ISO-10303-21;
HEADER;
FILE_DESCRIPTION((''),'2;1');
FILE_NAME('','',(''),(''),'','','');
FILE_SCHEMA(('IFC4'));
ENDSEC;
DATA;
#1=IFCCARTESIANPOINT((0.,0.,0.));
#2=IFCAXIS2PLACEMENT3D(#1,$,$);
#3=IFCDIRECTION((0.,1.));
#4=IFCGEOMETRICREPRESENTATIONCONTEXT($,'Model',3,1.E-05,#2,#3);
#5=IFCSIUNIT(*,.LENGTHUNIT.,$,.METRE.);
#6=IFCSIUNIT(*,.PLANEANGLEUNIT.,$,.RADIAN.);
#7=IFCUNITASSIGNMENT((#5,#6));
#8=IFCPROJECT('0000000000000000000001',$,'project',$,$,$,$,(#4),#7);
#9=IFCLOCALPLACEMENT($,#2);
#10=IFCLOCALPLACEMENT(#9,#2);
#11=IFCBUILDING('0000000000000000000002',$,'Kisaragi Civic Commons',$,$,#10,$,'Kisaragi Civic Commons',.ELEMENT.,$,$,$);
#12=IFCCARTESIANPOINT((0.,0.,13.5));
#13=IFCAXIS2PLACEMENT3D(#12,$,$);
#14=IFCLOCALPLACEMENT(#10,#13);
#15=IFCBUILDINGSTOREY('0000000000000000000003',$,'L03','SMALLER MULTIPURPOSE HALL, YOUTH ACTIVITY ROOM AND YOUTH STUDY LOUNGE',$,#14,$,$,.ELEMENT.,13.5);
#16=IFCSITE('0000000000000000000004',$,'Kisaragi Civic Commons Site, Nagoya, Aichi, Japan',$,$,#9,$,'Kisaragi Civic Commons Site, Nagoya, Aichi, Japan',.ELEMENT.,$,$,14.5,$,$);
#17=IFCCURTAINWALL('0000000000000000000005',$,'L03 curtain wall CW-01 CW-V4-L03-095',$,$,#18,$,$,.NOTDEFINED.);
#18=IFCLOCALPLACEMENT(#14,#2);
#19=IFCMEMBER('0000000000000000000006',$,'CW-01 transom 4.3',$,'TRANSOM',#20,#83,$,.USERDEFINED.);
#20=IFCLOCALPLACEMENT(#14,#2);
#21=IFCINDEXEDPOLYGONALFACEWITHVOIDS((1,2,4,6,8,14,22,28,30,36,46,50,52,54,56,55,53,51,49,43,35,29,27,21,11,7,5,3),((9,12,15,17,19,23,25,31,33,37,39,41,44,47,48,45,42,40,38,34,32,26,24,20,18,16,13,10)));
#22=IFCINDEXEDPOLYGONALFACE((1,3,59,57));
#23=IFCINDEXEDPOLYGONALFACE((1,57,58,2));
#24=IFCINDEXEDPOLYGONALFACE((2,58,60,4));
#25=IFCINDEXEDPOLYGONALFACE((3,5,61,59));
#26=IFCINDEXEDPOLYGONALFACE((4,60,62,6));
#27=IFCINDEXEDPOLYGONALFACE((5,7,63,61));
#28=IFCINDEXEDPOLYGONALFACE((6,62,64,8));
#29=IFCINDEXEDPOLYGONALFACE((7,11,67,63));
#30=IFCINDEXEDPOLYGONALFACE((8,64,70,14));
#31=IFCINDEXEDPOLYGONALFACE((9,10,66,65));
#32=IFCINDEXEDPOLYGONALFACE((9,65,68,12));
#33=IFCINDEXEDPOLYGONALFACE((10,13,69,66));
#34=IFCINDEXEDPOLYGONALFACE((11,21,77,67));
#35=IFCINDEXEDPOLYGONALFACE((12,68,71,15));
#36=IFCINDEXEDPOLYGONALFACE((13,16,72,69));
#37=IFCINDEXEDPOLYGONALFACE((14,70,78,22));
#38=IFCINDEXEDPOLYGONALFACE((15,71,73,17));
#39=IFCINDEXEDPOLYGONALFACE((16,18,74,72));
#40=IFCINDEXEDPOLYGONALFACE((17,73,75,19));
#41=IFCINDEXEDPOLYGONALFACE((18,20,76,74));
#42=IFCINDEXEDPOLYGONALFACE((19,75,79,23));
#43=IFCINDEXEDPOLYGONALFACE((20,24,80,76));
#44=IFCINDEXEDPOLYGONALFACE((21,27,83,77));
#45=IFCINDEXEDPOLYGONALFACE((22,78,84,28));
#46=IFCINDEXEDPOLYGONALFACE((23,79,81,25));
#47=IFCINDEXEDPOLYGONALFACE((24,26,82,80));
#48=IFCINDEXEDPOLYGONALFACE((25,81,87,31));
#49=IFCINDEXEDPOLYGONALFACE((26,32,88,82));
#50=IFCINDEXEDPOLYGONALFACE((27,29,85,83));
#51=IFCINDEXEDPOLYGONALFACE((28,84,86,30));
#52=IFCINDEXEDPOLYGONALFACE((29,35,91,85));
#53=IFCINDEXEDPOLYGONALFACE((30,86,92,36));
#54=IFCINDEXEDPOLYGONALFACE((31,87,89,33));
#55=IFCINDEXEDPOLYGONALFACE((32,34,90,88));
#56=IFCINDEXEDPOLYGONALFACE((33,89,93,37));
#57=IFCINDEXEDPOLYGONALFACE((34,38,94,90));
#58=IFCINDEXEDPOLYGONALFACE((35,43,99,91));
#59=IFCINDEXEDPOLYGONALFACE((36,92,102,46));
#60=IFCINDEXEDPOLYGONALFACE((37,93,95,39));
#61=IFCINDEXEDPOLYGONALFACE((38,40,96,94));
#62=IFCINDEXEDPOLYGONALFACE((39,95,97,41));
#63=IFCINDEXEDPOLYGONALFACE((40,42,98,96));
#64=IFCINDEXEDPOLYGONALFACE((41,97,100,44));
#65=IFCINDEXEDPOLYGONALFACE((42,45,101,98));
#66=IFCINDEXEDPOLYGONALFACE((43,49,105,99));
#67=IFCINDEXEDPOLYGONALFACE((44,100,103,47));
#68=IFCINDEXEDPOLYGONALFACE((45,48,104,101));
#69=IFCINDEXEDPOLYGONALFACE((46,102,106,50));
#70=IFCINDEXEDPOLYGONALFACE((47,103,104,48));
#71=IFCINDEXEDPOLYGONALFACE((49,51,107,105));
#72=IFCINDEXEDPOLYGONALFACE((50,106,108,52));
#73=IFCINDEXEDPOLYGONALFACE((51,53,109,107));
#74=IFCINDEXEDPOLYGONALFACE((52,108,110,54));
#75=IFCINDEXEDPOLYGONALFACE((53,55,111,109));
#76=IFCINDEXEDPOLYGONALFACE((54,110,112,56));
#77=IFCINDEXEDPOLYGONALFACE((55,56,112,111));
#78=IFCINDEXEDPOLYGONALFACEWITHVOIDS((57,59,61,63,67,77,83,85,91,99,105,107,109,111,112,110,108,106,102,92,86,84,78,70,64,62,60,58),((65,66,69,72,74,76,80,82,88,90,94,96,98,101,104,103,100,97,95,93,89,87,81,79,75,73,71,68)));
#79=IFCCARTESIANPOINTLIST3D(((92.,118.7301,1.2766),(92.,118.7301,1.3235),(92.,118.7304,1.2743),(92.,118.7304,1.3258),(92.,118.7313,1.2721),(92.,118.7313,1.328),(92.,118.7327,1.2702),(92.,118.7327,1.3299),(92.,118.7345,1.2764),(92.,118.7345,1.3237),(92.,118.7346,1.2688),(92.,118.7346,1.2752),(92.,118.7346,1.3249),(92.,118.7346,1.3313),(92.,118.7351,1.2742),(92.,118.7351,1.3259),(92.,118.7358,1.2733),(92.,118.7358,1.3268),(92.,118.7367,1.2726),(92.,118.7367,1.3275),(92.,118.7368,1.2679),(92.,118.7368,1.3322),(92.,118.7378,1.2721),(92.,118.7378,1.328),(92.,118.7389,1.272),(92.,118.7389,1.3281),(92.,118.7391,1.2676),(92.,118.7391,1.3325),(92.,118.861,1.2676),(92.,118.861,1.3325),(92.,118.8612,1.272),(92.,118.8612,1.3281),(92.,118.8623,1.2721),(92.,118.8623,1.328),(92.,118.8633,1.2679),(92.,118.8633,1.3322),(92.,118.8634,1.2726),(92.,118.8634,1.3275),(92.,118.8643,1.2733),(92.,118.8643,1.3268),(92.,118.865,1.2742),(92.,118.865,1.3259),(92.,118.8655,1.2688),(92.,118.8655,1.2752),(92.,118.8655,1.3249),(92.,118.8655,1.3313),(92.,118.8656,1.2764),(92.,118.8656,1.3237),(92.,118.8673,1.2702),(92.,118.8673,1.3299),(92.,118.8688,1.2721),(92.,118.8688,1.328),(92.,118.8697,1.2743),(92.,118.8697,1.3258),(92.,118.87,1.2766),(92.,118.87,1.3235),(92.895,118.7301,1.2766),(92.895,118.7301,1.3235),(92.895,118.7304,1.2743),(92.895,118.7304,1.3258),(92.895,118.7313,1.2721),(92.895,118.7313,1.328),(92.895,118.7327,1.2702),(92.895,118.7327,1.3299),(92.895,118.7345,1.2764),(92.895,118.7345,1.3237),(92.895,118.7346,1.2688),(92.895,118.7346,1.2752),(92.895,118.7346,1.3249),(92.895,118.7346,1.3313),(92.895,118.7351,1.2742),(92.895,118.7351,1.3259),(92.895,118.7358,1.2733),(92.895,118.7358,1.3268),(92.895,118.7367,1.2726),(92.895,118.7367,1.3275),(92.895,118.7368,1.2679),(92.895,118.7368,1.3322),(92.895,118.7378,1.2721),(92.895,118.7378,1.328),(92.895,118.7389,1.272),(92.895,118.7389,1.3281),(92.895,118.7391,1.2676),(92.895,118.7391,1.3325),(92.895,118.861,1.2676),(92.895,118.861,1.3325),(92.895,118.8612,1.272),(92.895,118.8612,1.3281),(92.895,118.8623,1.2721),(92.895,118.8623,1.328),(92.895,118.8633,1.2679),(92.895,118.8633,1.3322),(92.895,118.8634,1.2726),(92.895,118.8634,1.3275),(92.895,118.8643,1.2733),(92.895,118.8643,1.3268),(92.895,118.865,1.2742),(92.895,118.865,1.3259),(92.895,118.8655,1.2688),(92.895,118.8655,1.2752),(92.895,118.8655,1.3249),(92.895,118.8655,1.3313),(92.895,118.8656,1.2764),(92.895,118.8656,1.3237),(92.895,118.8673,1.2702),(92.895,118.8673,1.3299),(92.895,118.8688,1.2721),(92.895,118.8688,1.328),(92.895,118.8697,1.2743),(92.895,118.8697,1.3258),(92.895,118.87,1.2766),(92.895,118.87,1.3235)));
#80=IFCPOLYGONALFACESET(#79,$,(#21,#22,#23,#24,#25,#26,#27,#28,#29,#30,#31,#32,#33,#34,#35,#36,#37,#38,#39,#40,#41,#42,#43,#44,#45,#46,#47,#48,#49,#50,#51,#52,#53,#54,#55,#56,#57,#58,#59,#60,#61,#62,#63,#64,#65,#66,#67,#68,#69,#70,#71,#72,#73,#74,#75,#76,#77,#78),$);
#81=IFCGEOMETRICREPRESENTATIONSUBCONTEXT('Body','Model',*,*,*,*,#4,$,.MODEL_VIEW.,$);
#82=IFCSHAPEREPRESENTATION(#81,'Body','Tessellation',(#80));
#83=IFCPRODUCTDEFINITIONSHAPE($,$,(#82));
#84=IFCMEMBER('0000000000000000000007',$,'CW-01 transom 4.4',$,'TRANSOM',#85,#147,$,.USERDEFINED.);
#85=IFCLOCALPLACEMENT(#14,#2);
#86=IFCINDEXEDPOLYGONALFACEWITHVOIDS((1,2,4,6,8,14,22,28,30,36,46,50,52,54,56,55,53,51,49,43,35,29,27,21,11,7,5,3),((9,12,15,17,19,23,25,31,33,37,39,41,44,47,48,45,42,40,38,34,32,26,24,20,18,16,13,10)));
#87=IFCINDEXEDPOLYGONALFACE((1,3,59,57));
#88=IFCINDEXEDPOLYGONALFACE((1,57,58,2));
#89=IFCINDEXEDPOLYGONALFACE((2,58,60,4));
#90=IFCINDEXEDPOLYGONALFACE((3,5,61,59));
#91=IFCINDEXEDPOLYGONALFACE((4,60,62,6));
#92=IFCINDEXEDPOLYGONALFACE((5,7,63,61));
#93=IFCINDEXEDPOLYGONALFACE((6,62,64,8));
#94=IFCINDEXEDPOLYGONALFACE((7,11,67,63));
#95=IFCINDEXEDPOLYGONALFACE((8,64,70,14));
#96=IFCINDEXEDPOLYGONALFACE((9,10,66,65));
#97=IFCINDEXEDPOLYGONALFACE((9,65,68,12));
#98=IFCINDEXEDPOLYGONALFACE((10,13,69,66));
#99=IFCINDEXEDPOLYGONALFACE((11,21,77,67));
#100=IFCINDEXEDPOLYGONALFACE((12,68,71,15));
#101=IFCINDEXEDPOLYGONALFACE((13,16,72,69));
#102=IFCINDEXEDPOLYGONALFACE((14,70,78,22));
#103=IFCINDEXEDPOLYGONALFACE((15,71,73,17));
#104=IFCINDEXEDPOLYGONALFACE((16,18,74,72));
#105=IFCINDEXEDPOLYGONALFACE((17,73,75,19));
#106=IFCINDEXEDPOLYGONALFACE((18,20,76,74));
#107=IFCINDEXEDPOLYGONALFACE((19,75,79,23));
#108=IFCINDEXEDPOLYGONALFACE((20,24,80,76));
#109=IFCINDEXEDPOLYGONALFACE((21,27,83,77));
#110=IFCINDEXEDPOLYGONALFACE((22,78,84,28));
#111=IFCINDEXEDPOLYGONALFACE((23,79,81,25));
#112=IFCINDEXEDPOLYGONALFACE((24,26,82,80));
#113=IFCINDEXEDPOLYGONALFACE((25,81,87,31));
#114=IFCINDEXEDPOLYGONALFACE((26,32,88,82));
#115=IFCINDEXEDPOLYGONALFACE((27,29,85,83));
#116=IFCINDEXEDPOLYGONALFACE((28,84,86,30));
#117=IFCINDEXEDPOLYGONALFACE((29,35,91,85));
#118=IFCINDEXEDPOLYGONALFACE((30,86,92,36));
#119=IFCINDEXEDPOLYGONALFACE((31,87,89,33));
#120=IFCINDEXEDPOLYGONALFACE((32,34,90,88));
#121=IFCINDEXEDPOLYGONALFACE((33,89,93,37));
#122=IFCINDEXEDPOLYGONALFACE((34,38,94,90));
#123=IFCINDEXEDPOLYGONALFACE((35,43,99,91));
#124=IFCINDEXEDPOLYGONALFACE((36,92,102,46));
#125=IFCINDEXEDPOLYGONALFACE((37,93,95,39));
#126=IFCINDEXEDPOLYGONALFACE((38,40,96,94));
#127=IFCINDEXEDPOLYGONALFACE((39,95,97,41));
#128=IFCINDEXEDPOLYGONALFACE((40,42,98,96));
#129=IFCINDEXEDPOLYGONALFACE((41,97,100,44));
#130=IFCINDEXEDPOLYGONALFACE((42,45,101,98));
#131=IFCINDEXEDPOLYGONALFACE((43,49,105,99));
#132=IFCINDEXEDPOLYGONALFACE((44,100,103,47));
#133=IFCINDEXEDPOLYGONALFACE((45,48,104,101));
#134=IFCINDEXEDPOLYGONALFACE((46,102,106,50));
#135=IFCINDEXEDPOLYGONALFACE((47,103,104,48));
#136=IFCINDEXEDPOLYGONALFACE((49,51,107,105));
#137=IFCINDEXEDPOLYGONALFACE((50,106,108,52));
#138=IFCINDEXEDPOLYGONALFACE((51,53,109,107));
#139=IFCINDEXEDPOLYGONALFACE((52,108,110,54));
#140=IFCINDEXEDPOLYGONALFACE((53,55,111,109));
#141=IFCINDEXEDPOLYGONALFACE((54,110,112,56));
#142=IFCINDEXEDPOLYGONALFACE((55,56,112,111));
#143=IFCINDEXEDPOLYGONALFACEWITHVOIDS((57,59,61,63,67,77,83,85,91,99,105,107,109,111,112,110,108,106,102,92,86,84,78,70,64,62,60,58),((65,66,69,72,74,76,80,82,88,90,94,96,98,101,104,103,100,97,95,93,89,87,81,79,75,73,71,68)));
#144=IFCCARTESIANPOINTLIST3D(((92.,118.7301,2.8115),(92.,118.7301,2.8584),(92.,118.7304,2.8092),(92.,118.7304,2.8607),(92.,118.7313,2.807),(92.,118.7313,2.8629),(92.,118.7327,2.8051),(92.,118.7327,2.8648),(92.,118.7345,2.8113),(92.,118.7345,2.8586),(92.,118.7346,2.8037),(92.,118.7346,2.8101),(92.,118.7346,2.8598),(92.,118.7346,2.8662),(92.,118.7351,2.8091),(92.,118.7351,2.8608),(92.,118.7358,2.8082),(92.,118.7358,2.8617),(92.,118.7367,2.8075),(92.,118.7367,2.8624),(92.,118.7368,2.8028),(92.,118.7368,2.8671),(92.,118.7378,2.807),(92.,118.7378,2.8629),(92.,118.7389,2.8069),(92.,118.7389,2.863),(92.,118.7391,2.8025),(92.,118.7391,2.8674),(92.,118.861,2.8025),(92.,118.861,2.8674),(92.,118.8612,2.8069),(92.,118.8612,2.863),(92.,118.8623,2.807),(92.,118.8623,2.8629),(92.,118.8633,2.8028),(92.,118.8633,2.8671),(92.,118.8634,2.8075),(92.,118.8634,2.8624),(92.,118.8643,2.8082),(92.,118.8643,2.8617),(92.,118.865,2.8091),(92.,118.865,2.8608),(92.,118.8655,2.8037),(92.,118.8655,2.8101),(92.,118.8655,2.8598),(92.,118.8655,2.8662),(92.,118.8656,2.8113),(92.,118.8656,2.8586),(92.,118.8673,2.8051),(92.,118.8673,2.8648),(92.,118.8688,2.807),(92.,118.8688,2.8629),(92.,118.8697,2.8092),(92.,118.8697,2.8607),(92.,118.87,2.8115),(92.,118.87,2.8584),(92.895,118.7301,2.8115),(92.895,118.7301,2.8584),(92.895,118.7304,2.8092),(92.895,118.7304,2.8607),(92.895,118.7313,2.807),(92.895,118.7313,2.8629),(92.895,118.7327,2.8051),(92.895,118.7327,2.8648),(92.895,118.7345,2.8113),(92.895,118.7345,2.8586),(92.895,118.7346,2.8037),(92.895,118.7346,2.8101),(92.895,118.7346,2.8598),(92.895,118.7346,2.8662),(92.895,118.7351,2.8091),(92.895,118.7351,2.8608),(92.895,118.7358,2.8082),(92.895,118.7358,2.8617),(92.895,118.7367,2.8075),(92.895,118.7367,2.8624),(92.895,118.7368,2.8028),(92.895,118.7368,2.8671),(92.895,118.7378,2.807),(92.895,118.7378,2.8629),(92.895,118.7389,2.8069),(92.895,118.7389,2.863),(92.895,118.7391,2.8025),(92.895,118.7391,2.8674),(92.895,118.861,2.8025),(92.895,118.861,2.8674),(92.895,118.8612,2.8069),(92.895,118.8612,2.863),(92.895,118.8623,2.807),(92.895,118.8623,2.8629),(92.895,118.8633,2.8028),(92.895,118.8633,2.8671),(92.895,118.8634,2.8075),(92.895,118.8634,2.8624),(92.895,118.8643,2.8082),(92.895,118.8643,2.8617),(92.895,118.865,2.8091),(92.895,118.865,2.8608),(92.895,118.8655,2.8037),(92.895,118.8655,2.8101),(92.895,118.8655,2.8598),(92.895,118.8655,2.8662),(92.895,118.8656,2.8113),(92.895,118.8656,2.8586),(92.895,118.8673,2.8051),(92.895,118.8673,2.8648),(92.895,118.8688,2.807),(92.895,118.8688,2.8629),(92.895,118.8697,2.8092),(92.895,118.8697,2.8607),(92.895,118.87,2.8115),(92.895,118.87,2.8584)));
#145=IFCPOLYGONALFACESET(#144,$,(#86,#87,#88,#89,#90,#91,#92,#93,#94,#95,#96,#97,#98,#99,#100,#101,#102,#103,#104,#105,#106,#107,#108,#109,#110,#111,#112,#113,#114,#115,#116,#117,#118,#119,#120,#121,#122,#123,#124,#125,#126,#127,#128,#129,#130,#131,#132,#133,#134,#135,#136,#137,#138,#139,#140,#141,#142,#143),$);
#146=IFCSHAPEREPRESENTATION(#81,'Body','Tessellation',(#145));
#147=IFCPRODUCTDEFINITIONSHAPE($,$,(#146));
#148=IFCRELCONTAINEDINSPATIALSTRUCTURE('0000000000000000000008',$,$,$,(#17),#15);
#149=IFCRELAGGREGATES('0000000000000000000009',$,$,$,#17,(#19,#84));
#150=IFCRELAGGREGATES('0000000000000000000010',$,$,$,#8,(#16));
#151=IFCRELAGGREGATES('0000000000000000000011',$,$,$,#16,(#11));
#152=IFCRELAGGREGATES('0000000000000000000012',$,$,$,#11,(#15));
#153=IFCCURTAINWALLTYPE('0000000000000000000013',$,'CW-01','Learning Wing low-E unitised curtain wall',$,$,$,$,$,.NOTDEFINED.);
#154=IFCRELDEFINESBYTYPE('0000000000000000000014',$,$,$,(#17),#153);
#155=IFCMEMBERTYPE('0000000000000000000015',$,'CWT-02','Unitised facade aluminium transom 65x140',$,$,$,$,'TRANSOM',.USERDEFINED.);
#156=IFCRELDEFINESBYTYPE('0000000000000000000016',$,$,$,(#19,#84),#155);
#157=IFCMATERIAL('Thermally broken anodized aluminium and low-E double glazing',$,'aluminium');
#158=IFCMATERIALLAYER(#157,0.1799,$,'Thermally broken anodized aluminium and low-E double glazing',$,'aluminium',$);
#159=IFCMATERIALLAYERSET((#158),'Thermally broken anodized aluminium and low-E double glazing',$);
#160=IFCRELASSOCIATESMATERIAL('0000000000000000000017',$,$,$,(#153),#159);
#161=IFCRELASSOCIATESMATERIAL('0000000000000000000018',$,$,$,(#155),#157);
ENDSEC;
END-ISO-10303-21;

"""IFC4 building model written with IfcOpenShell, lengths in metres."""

from ifc_helpers import new_model, si_unit, direction, frame, origin, origin_2d, place, context, subcontext, project, spatial, hollow_rectangle, extrude, material, layer, layer_set, material_profile, profile_set, type_object, element, aggregate, save


model = new_model("IFC4")

# Units and contexts
model_context = context("Model", 3, precision=1e-05, world=origin(), true_north=direction((0.0, 1.0)))
body_context = subcontext(model_context, "Body", "Model", "MODEL_VIEW")
ifc_project = project(units=[si_unit("LENGTHUNIT", "METRE"), si_unit("PLANEANGLEUNIT", "RADIAN")], contexts=[model_context])

# Site, building, storey
site_placement = place(None, origin())
site = spatial("IfcSite", under=ifc_project, at=site_placement, Name="Kisaragi Civic Commons Site, Nagoya, Aichi, Japan", LongName="Kisaragi Civic Commons Site, Nagoya, Aichi, Japan", CompositionType="ELEMENT", RefElevation=14.5)
building_placement = place(site_placement, origin())
building = spatial("IfcBuilding", under=site, at=building_placement, Name="Kisaragi Civic Commons", LongName="Kisaragi Civic Commons", CompositionType="ELEMENT")
storey_placement = place(building_placement, frame((0.0, 0.0, 13.5)))
storey = spatial("IfcBuildingStorey", under=building, at=storey_placement, Name="L03", Description="SMALLER MULTIPURPOSE HALL, YOUTH ACTIVITY ROOM AND YOUTH STUDY LOUNGE", CompositionType="ELEMENT", Elevation=13.5)

# Curtain wall
ifc_material_1 = material(Name="Thermally broken anodized aluminium and low-E double glazing", Category="aluminium")
ifc_layer_1 = layer(ifc_material_1, 0.1799, Name="Thermally broken anodized aluminium and low-E double glazing", Category="aluminium")
ifc_layer_set_1 = layer_set([ifc_layer_1], Name="Thermally broken anodized aluminium and low-E double glazing")
curtain_wall_type = type_object("IfcCurtainWallType", Name="CW-01", Description="Learning Wing low-E unitised curtain wall", PredefinedType="NOTDEFINED", material=ifc_layer_set_1)
curtain_wall_1_placement = place(storey_placement, origin())
curtain_wall_1 = element("IfcCurtainWall", 1, at=curtain_wall_1_placement, inside=storey, type_object=curtain_wall_type, Name="L03 curtain wall CW-01 CW-V4-L03-095", PredefinedType="NOTDEFINED")

# Members
ifc_material_profile_1 = material_profile(ifc_material_1, hollow_rectangle(XDim=0.1399, YDim=0.0649, WallThickness=0.0044, InnerFilletRadius=0.0044, OuterFilletRadius=0.009, at=origin_2d()), Name="CWT-65x140x4.5", Category="aluminium")
ifc_profile_set_1 = profile_set([ifc_material_profile_1], Name="Thermally broken anodized aluminium and low-E double glazing")
member_type_1 = type_object("IfcMemberType", Name="CWT-02", Description="Unitised facade aluminium transom 65x140", ElementType="TRANSOM", PredefinedType="USERDEFINED", material=ifc_profile_set_1)
member_1_placement = place(storey_placement, frame((92.0, 118.8, 1.3), z_axis=(1.0, 0.0, 0.0), x_axis=(0.0, 1.0, 0.0)))
member_1 = element("IfcMember", 2, at=member_1_placement, type_object=member_type_1, Name="CW-01 transom 4.3", ObjectType="TRANSOM", PredefinedType="USERDEFINED", context=body_context, shape_type="SweptSolid", body=[
    extrude(hollow_rectangle(XDim=0.1399, YDim=0.0649, WallThickness=0.0044, InnerFilletRadius=0.0044, OuterFilletRadius=0.009, at=origin_2d()), origin(), (0.0, 0.0, 1.0), 0.895),
])
member_2_placement = place(storey_placement, frame((92.0, 118.8, 2.835), z_axis=(1.0, 0.0, 0.0), x_axis=(0.0, 1.0, 0.0)))
member_2 = element("IfcMember", 3, at=member_2_placement, type_object=member_type_1, Name="CW-01 transom 4.4", ObjectType="TRANSOM", PredefinedType="USERDEFINED", context=body_context, shape_type="SweptSolid", body=[
    extrude(hollow_rectangle(XDim=0.1399, YDim=0.0649, WallThickness=0.0044, InnerFilletRadius=0.0044, OuterFilletRadius=0.009, at=origin_2d()), origin(), (0.0, 0.0, 1.0), 0.895),
])

aggregate(curtain_wall_1, [member_1, member_2])

save(model, "model.ifc")
